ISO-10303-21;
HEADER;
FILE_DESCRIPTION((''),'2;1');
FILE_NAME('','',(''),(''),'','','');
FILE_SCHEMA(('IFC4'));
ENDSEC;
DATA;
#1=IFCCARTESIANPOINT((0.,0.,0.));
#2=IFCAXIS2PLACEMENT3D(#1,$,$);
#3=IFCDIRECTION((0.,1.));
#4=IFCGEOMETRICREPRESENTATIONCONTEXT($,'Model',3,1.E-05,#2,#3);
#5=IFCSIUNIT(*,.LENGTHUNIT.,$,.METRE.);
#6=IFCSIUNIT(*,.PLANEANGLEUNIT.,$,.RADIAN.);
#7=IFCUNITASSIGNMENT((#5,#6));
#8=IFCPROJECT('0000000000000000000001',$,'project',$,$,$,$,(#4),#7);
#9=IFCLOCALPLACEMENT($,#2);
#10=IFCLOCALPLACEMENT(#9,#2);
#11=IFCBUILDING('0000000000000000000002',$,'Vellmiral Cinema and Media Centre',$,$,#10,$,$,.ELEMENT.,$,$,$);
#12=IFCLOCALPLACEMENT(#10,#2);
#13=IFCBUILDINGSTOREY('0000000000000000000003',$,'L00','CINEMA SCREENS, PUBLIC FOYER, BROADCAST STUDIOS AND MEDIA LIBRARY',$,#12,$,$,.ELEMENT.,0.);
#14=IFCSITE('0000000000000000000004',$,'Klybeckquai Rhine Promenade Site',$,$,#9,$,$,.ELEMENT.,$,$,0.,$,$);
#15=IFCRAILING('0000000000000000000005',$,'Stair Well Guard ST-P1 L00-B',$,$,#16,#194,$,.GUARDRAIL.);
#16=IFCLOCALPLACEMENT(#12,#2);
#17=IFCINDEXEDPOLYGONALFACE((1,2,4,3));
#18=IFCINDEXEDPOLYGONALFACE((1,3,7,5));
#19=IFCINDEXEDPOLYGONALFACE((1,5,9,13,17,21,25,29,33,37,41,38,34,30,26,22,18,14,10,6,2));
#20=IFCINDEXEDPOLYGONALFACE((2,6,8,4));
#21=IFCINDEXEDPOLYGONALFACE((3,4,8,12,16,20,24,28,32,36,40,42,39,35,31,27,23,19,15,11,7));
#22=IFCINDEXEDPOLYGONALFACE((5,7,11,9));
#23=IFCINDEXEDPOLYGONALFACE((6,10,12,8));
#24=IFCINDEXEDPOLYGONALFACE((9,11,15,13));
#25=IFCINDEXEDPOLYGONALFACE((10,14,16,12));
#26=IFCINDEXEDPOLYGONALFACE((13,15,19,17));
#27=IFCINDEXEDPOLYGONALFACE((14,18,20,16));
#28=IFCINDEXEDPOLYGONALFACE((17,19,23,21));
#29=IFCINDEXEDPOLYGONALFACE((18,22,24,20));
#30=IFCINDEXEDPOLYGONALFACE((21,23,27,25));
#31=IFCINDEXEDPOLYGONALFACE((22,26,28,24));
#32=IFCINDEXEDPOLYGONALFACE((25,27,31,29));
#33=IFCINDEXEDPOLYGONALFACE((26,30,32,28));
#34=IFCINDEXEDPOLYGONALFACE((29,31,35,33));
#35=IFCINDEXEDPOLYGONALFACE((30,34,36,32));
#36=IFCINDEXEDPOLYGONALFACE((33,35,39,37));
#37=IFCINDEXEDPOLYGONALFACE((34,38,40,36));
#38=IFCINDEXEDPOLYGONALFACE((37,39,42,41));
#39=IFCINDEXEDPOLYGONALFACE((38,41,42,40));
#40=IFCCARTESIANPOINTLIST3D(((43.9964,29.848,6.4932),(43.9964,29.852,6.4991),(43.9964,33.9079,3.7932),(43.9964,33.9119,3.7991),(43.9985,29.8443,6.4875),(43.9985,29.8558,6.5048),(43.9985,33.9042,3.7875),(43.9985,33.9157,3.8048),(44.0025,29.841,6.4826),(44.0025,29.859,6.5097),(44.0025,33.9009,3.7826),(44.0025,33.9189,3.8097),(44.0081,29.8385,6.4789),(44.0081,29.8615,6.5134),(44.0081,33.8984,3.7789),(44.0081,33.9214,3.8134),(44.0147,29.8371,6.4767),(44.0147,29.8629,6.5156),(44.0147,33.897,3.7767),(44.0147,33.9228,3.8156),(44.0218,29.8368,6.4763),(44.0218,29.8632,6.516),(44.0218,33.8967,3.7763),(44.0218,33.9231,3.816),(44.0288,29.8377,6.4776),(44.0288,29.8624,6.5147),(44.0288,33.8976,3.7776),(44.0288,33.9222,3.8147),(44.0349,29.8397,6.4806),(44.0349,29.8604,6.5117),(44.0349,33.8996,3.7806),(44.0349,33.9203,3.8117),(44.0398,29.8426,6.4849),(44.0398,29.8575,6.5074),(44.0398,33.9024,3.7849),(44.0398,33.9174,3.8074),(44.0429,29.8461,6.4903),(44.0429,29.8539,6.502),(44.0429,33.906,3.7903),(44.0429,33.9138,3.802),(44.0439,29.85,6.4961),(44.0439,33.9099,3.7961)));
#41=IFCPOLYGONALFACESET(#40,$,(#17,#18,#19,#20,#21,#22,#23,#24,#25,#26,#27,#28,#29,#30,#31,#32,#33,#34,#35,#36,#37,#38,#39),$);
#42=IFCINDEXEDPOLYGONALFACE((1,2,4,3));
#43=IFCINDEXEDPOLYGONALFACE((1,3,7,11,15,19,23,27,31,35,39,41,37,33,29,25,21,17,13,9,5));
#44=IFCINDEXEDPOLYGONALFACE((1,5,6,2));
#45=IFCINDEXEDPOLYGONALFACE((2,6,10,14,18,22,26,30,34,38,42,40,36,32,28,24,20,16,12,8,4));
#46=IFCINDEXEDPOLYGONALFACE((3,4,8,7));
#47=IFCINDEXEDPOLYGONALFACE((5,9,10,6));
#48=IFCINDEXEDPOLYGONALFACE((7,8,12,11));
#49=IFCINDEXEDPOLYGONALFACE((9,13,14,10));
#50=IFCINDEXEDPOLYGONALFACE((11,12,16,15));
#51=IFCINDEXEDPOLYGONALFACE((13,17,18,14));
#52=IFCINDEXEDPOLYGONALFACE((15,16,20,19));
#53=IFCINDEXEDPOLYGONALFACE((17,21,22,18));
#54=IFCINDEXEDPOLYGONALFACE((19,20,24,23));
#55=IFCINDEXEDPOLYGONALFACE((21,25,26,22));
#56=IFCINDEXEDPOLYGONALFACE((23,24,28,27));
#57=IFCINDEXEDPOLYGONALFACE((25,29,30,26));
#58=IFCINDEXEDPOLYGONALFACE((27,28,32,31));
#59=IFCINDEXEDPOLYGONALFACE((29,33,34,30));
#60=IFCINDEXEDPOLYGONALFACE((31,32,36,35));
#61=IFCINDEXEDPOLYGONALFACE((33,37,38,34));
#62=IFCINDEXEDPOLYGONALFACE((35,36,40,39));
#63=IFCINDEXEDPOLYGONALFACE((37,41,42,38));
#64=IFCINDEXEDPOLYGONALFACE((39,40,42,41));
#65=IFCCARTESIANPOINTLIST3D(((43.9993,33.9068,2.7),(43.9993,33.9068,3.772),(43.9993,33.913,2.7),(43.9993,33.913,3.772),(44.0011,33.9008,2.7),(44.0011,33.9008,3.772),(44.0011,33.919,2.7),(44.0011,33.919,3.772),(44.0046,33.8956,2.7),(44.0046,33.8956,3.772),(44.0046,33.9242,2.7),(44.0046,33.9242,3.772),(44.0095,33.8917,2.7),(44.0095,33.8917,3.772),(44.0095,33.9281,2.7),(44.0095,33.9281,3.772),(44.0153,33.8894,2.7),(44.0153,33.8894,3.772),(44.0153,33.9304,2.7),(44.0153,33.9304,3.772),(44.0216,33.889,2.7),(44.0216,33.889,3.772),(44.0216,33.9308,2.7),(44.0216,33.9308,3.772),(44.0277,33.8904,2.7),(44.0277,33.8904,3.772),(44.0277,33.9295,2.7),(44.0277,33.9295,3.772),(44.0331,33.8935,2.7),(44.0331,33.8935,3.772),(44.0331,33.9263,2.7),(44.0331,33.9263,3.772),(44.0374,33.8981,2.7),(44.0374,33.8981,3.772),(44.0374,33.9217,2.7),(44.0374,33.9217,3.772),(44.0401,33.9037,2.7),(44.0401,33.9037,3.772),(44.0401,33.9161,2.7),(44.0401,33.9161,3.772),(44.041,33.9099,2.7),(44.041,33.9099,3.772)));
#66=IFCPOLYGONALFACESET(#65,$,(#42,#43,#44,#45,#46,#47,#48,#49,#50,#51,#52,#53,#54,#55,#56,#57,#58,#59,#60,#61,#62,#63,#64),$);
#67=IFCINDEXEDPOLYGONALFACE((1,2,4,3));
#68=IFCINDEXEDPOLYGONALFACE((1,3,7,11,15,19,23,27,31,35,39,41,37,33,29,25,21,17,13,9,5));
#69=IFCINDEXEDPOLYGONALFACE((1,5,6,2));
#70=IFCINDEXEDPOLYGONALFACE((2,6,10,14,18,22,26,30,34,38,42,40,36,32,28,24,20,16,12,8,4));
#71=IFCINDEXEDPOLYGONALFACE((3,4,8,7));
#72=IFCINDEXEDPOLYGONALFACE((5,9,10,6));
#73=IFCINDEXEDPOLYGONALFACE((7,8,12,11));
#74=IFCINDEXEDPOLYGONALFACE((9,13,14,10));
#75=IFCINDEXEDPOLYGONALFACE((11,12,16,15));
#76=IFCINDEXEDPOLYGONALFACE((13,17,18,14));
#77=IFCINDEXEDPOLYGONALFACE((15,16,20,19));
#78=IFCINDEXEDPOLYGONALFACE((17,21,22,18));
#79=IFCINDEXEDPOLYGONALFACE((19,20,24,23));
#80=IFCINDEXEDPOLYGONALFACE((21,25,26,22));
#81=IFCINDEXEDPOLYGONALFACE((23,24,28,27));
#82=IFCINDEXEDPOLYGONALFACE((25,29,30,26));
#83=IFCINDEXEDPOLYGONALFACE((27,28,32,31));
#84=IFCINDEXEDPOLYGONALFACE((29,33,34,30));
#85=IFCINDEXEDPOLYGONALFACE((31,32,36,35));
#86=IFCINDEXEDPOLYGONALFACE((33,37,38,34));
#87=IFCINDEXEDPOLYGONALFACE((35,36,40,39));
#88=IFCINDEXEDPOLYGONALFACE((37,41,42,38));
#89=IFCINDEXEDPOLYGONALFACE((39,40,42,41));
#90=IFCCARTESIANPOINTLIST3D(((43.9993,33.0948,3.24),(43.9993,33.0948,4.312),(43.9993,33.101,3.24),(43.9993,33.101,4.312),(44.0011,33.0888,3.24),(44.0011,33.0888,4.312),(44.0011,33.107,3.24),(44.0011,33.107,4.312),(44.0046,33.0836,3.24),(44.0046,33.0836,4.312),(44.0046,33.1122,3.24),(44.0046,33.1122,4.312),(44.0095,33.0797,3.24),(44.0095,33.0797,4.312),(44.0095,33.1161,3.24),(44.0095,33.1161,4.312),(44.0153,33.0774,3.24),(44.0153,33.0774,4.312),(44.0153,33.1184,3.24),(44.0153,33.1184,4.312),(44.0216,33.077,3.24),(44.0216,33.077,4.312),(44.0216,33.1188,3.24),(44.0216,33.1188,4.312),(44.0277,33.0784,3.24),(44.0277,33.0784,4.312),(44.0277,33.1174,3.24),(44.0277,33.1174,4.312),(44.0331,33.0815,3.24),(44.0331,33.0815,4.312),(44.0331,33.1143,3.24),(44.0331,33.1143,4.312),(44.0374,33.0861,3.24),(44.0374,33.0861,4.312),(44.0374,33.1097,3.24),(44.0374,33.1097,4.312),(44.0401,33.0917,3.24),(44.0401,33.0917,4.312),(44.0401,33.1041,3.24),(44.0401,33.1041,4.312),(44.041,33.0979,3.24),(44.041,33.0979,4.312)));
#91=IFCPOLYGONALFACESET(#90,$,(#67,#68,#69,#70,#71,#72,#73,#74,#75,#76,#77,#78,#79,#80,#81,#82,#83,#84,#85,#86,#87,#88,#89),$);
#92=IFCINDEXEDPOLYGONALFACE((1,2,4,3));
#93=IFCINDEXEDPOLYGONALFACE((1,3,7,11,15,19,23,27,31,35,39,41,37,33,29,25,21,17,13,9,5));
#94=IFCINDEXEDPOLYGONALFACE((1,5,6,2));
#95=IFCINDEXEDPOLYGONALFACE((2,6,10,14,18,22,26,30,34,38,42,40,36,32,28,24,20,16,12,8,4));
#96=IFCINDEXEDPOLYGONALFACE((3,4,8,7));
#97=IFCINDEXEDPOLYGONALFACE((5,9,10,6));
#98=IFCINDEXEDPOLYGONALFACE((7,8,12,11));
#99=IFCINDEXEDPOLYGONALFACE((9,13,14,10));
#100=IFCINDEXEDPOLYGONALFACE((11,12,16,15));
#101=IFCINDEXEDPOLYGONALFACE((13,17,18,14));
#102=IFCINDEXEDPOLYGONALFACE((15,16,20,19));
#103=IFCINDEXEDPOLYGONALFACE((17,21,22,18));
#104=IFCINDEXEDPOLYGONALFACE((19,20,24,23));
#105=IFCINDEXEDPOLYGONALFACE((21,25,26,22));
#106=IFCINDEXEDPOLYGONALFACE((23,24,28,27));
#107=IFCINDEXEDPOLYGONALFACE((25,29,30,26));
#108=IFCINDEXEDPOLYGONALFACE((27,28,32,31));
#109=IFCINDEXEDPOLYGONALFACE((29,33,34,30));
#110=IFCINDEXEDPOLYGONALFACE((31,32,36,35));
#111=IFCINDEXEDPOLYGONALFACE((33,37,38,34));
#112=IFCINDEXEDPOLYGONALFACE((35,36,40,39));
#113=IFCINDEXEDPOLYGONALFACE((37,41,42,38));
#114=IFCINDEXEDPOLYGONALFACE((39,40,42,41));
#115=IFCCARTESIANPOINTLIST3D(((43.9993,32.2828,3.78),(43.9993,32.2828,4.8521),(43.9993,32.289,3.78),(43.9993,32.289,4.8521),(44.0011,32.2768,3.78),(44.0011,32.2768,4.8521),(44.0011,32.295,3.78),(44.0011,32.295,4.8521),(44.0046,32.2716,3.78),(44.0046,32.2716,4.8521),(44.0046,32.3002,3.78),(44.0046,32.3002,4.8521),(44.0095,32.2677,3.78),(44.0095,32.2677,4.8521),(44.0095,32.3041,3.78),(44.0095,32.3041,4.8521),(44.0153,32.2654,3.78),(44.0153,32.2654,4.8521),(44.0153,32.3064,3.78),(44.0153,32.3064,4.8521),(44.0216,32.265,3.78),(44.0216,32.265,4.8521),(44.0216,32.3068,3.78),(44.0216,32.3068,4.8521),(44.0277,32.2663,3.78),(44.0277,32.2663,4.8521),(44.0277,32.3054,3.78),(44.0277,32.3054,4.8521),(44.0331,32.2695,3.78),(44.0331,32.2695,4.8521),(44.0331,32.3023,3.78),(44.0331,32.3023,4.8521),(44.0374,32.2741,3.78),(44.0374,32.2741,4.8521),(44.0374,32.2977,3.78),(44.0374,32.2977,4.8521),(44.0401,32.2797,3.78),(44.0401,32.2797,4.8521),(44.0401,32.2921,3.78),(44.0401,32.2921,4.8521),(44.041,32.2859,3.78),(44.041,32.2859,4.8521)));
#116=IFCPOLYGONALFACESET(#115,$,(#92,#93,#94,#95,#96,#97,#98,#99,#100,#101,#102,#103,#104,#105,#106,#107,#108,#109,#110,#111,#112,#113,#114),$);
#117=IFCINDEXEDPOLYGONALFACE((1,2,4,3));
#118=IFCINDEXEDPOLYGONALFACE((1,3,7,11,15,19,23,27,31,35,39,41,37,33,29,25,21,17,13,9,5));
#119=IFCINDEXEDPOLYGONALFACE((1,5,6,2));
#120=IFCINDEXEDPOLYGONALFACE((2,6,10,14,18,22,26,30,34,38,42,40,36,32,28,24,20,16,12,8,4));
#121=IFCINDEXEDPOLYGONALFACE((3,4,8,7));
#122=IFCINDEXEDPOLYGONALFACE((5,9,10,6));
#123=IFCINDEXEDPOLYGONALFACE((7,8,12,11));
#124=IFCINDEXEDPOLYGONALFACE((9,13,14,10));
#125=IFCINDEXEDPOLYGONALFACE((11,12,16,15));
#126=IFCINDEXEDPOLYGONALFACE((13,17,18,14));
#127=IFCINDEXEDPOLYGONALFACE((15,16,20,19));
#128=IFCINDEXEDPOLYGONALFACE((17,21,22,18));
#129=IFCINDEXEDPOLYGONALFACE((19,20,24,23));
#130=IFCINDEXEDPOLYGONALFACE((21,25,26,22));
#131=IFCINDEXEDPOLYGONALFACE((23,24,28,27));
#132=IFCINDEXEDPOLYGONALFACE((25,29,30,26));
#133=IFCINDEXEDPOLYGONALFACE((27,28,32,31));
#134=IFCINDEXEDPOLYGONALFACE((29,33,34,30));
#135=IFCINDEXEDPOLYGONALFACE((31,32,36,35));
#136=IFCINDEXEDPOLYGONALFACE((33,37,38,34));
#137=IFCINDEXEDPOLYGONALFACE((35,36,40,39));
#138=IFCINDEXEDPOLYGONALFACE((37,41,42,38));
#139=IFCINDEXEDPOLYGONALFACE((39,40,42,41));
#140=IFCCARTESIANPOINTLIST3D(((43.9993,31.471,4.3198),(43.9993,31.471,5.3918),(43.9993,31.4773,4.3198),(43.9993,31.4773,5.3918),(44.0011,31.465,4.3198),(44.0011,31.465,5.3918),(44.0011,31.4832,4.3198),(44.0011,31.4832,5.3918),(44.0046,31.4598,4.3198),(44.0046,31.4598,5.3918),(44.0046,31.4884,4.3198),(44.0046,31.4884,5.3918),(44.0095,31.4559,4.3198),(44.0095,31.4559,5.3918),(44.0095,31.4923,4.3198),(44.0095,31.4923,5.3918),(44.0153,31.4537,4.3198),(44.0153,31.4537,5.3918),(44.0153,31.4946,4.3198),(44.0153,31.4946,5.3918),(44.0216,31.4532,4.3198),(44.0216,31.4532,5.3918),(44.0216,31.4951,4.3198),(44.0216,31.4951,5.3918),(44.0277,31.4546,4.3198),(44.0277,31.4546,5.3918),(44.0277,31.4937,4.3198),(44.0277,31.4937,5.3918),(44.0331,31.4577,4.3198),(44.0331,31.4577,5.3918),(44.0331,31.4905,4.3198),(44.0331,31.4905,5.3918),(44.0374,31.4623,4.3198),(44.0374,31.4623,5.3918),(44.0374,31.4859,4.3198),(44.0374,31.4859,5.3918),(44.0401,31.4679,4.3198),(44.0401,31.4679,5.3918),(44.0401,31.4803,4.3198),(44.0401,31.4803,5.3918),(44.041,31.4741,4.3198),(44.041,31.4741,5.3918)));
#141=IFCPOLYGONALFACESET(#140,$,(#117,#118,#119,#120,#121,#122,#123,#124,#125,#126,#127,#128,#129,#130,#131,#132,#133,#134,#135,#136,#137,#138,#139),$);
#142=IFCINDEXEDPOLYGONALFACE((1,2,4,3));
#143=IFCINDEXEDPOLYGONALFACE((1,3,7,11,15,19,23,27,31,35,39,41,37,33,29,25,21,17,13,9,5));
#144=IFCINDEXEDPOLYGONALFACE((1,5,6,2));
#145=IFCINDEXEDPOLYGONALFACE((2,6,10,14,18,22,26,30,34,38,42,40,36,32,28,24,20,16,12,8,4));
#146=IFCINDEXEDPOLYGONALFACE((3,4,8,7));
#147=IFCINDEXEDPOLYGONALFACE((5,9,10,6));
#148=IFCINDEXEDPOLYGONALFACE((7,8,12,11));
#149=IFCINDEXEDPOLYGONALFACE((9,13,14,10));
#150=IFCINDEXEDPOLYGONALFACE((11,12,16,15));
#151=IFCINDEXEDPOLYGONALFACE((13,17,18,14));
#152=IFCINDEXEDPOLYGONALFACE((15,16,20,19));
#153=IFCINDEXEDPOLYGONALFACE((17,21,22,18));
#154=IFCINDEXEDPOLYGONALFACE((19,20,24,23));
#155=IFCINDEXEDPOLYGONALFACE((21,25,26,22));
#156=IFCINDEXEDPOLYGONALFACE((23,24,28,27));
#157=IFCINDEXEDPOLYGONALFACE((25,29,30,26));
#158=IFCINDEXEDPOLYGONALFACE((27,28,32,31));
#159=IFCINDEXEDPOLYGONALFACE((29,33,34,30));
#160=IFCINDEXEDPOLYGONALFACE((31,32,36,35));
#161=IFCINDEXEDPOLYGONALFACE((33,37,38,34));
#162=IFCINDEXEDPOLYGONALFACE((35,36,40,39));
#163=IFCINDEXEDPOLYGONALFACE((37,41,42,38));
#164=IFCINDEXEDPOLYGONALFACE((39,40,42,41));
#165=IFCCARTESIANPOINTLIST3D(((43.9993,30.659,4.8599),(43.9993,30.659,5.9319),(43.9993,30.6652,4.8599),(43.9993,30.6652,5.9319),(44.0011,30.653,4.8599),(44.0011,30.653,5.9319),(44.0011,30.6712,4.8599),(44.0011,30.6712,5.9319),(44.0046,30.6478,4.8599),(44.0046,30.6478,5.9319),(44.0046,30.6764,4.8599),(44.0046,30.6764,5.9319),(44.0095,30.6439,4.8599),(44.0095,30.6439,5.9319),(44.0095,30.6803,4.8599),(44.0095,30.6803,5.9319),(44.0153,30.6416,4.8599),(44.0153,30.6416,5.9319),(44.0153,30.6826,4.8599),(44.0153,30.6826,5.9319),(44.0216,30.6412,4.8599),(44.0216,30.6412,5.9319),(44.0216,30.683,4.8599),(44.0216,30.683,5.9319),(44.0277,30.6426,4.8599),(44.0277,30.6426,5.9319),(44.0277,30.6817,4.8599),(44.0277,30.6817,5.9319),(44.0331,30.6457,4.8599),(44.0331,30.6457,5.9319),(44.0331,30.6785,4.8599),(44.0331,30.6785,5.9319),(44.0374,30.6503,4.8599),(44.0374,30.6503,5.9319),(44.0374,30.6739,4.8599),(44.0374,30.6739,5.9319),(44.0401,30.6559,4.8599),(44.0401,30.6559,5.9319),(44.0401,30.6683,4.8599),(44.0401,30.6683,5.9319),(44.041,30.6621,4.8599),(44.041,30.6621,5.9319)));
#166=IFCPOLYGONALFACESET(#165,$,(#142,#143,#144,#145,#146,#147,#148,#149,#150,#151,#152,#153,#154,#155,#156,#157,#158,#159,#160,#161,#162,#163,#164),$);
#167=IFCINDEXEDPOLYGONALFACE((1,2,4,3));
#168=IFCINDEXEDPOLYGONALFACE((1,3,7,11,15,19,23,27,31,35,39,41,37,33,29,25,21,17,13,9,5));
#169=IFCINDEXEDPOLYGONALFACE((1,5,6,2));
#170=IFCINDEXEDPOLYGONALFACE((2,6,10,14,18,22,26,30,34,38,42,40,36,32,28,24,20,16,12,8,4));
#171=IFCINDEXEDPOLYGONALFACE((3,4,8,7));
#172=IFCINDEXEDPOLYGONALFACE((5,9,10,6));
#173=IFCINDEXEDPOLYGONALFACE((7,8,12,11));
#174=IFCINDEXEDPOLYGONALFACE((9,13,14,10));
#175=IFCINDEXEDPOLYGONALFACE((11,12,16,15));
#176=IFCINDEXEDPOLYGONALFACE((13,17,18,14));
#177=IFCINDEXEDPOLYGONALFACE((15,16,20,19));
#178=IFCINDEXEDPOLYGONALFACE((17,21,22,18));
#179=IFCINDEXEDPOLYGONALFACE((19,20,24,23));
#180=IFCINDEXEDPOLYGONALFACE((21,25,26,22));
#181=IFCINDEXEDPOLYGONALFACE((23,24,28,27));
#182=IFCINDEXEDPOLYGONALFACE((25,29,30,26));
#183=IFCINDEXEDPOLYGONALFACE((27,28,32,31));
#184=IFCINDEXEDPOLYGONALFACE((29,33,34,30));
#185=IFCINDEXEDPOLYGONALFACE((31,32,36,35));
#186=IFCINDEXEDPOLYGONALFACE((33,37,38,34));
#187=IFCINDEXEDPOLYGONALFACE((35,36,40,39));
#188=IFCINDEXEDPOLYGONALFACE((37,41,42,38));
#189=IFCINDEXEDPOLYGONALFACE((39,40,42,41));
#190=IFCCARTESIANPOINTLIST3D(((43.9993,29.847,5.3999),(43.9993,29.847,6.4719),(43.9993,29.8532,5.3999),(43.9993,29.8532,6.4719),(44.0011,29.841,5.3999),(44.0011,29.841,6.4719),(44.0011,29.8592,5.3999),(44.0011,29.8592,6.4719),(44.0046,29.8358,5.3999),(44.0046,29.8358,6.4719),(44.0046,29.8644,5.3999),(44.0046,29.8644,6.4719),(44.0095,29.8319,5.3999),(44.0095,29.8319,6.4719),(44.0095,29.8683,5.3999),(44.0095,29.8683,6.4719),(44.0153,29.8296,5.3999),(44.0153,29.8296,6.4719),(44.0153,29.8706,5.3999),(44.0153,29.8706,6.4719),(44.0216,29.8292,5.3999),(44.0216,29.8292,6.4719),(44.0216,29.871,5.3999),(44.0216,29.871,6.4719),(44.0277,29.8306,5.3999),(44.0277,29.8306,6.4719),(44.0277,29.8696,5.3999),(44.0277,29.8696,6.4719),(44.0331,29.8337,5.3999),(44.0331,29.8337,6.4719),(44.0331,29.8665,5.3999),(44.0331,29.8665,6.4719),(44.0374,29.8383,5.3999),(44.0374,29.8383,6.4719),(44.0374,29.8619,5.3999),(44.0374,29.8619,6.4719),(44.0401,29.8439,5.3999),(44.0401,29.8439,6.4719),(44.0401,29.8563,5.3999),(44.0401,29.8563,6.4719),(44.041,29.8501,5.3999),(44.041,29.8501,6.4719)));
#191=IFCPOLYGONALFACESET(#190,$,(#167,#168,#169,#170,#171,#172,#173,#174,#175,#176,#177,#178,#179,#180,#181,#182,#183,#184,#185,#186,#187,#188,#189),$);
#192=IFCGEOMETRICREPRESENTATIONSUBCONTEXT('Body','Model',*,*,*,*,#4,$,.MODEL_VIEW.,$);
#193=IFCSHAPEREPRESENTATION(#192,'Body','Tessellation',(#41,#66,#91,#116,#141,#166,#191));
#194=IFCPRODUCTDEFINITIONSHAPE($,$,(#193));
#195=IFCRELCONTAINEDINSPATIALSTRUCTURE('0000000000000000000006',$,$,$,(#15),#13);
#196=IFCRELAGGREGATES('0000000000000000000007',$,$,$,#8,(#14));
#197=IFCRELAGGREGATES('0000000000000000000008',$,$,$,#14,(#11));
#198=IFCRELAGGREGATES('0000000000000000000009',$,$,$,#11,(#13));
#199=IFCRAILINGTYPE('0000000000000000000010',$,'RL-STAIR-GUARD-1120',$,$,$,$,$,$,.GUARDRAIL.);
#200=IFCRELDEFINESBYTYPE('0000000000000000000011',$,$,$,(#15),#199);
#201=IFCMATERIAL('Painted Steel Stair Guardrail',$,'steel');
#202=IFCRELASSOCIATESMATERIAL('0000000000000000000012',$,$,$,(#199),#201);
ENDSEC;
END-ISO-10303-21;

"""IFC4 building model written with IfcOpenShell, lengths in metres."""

from ifc_helpers import new_model, si_unit, direction, frame, origin, origin_2d, place, context, subcontext, project, spatial, circle, extrude, material, type_object, element, save


model = new_model("IFC4")

# Units and contexts
model_context = context("Model", 3, precision=1e-05, world=origin(), true_north=direction((0.0, 1.0)))
body_context = subcontext(model_context, "Body", "Model", "MODEL_VIEW")
ifc_project = project(units=[si_unit("LENGTHUNIT", "METRE"), si_unit("PLANEANGLEUNIT", "RADIAN")], contexts=[model_context])

# Site, building, storey
site_placement = place(None, origin())
site = spatial("IfcSite", under=ifc_project, at=site_placement, Name="Klybeckquai Rhine Promenade Site", CompositionType="ELEMENT", RefElevation=0.0)
building_placement = place(site_placement, origin())
building = spatial("IfcBuilding", under=site, at=building_placement, Name="Vellmiral Cinema and Media Centre", CompositionType="ELEMENT")
storey_placement = place(building_placement, origin())
storey = spatial("IfcBuildingStorey", under=building, at=storey_placement, Name="L00", Description="CINEMA SCREENS, PUBLIC FOYER, BROADCAST STUDIOS AND MEDIA LIBRARY", CompositionType="ELEMENT", Elevation=0.0)

# Railing
ifc_material_1 = material(Name="Painted Steel Stair Guardrail", Category="steel")
railing_type_1 = type_object("IfcRailingType", Name="RL-STAIR-GUARD-1120", PredefinedType="GUARDRAIL", material=ifc_material_1)
railing_1_placement = place(storey_placement, frame((44.02, 33.9099, 2.7)))
element("IfcRailing", 1, at=railing_1_placement, inside=storey, type_object=railing_type_1, Name="Stair Well Guard ST-P1 L00-B", PredefinedType="GUARDRAIL", context=body_context, shape_type="SweptSolid", body=[
    extrude(circle(Radius=0.0239, at=origin_2d()), frame((0.0, 0.0, 1.0962), z_axis=(0.0, -0.832674, 0.553764), x_axis=(1.0, 0.0, 0.0)), (0.0, 0.0, 1.0), 4.8757),
    extrude(circle(Radius=0.021, at=origin_2d()), origin(), (0.0, 0.0, 1.0), 1.072),
    extrude(circle(Radius=0.021, at=origin_2d()), frame((0.0, -0.812, 0.54)), (0.0, 0.0, 1.0), 1.072),
    extrude(circle(Radius=0.021, at=origin_2d()), frame((0.0, -1.624, 1.0801)), (0.0, 0.0, 1.0), 1.072),
    extrude(circle(Radius=0.021, at=origin_2d()), frame((0.0, -2.4358, 1.6199)), (0.0, 0.0, 1.0), 1.072),
    extrude(circle(Radius=0.021, at=origin_2d()), frame((0.0, -3.2478, 2.1599)), (0.0, 0.0, 1.0), 1.072),
    extrude(circle(Radius=0.021, at=origin_2d()), frame((0.0, -4.0598, 2.7)), (0.0, 0.0, 1.0), 1.072),
])

save(model, "model.ifc")
